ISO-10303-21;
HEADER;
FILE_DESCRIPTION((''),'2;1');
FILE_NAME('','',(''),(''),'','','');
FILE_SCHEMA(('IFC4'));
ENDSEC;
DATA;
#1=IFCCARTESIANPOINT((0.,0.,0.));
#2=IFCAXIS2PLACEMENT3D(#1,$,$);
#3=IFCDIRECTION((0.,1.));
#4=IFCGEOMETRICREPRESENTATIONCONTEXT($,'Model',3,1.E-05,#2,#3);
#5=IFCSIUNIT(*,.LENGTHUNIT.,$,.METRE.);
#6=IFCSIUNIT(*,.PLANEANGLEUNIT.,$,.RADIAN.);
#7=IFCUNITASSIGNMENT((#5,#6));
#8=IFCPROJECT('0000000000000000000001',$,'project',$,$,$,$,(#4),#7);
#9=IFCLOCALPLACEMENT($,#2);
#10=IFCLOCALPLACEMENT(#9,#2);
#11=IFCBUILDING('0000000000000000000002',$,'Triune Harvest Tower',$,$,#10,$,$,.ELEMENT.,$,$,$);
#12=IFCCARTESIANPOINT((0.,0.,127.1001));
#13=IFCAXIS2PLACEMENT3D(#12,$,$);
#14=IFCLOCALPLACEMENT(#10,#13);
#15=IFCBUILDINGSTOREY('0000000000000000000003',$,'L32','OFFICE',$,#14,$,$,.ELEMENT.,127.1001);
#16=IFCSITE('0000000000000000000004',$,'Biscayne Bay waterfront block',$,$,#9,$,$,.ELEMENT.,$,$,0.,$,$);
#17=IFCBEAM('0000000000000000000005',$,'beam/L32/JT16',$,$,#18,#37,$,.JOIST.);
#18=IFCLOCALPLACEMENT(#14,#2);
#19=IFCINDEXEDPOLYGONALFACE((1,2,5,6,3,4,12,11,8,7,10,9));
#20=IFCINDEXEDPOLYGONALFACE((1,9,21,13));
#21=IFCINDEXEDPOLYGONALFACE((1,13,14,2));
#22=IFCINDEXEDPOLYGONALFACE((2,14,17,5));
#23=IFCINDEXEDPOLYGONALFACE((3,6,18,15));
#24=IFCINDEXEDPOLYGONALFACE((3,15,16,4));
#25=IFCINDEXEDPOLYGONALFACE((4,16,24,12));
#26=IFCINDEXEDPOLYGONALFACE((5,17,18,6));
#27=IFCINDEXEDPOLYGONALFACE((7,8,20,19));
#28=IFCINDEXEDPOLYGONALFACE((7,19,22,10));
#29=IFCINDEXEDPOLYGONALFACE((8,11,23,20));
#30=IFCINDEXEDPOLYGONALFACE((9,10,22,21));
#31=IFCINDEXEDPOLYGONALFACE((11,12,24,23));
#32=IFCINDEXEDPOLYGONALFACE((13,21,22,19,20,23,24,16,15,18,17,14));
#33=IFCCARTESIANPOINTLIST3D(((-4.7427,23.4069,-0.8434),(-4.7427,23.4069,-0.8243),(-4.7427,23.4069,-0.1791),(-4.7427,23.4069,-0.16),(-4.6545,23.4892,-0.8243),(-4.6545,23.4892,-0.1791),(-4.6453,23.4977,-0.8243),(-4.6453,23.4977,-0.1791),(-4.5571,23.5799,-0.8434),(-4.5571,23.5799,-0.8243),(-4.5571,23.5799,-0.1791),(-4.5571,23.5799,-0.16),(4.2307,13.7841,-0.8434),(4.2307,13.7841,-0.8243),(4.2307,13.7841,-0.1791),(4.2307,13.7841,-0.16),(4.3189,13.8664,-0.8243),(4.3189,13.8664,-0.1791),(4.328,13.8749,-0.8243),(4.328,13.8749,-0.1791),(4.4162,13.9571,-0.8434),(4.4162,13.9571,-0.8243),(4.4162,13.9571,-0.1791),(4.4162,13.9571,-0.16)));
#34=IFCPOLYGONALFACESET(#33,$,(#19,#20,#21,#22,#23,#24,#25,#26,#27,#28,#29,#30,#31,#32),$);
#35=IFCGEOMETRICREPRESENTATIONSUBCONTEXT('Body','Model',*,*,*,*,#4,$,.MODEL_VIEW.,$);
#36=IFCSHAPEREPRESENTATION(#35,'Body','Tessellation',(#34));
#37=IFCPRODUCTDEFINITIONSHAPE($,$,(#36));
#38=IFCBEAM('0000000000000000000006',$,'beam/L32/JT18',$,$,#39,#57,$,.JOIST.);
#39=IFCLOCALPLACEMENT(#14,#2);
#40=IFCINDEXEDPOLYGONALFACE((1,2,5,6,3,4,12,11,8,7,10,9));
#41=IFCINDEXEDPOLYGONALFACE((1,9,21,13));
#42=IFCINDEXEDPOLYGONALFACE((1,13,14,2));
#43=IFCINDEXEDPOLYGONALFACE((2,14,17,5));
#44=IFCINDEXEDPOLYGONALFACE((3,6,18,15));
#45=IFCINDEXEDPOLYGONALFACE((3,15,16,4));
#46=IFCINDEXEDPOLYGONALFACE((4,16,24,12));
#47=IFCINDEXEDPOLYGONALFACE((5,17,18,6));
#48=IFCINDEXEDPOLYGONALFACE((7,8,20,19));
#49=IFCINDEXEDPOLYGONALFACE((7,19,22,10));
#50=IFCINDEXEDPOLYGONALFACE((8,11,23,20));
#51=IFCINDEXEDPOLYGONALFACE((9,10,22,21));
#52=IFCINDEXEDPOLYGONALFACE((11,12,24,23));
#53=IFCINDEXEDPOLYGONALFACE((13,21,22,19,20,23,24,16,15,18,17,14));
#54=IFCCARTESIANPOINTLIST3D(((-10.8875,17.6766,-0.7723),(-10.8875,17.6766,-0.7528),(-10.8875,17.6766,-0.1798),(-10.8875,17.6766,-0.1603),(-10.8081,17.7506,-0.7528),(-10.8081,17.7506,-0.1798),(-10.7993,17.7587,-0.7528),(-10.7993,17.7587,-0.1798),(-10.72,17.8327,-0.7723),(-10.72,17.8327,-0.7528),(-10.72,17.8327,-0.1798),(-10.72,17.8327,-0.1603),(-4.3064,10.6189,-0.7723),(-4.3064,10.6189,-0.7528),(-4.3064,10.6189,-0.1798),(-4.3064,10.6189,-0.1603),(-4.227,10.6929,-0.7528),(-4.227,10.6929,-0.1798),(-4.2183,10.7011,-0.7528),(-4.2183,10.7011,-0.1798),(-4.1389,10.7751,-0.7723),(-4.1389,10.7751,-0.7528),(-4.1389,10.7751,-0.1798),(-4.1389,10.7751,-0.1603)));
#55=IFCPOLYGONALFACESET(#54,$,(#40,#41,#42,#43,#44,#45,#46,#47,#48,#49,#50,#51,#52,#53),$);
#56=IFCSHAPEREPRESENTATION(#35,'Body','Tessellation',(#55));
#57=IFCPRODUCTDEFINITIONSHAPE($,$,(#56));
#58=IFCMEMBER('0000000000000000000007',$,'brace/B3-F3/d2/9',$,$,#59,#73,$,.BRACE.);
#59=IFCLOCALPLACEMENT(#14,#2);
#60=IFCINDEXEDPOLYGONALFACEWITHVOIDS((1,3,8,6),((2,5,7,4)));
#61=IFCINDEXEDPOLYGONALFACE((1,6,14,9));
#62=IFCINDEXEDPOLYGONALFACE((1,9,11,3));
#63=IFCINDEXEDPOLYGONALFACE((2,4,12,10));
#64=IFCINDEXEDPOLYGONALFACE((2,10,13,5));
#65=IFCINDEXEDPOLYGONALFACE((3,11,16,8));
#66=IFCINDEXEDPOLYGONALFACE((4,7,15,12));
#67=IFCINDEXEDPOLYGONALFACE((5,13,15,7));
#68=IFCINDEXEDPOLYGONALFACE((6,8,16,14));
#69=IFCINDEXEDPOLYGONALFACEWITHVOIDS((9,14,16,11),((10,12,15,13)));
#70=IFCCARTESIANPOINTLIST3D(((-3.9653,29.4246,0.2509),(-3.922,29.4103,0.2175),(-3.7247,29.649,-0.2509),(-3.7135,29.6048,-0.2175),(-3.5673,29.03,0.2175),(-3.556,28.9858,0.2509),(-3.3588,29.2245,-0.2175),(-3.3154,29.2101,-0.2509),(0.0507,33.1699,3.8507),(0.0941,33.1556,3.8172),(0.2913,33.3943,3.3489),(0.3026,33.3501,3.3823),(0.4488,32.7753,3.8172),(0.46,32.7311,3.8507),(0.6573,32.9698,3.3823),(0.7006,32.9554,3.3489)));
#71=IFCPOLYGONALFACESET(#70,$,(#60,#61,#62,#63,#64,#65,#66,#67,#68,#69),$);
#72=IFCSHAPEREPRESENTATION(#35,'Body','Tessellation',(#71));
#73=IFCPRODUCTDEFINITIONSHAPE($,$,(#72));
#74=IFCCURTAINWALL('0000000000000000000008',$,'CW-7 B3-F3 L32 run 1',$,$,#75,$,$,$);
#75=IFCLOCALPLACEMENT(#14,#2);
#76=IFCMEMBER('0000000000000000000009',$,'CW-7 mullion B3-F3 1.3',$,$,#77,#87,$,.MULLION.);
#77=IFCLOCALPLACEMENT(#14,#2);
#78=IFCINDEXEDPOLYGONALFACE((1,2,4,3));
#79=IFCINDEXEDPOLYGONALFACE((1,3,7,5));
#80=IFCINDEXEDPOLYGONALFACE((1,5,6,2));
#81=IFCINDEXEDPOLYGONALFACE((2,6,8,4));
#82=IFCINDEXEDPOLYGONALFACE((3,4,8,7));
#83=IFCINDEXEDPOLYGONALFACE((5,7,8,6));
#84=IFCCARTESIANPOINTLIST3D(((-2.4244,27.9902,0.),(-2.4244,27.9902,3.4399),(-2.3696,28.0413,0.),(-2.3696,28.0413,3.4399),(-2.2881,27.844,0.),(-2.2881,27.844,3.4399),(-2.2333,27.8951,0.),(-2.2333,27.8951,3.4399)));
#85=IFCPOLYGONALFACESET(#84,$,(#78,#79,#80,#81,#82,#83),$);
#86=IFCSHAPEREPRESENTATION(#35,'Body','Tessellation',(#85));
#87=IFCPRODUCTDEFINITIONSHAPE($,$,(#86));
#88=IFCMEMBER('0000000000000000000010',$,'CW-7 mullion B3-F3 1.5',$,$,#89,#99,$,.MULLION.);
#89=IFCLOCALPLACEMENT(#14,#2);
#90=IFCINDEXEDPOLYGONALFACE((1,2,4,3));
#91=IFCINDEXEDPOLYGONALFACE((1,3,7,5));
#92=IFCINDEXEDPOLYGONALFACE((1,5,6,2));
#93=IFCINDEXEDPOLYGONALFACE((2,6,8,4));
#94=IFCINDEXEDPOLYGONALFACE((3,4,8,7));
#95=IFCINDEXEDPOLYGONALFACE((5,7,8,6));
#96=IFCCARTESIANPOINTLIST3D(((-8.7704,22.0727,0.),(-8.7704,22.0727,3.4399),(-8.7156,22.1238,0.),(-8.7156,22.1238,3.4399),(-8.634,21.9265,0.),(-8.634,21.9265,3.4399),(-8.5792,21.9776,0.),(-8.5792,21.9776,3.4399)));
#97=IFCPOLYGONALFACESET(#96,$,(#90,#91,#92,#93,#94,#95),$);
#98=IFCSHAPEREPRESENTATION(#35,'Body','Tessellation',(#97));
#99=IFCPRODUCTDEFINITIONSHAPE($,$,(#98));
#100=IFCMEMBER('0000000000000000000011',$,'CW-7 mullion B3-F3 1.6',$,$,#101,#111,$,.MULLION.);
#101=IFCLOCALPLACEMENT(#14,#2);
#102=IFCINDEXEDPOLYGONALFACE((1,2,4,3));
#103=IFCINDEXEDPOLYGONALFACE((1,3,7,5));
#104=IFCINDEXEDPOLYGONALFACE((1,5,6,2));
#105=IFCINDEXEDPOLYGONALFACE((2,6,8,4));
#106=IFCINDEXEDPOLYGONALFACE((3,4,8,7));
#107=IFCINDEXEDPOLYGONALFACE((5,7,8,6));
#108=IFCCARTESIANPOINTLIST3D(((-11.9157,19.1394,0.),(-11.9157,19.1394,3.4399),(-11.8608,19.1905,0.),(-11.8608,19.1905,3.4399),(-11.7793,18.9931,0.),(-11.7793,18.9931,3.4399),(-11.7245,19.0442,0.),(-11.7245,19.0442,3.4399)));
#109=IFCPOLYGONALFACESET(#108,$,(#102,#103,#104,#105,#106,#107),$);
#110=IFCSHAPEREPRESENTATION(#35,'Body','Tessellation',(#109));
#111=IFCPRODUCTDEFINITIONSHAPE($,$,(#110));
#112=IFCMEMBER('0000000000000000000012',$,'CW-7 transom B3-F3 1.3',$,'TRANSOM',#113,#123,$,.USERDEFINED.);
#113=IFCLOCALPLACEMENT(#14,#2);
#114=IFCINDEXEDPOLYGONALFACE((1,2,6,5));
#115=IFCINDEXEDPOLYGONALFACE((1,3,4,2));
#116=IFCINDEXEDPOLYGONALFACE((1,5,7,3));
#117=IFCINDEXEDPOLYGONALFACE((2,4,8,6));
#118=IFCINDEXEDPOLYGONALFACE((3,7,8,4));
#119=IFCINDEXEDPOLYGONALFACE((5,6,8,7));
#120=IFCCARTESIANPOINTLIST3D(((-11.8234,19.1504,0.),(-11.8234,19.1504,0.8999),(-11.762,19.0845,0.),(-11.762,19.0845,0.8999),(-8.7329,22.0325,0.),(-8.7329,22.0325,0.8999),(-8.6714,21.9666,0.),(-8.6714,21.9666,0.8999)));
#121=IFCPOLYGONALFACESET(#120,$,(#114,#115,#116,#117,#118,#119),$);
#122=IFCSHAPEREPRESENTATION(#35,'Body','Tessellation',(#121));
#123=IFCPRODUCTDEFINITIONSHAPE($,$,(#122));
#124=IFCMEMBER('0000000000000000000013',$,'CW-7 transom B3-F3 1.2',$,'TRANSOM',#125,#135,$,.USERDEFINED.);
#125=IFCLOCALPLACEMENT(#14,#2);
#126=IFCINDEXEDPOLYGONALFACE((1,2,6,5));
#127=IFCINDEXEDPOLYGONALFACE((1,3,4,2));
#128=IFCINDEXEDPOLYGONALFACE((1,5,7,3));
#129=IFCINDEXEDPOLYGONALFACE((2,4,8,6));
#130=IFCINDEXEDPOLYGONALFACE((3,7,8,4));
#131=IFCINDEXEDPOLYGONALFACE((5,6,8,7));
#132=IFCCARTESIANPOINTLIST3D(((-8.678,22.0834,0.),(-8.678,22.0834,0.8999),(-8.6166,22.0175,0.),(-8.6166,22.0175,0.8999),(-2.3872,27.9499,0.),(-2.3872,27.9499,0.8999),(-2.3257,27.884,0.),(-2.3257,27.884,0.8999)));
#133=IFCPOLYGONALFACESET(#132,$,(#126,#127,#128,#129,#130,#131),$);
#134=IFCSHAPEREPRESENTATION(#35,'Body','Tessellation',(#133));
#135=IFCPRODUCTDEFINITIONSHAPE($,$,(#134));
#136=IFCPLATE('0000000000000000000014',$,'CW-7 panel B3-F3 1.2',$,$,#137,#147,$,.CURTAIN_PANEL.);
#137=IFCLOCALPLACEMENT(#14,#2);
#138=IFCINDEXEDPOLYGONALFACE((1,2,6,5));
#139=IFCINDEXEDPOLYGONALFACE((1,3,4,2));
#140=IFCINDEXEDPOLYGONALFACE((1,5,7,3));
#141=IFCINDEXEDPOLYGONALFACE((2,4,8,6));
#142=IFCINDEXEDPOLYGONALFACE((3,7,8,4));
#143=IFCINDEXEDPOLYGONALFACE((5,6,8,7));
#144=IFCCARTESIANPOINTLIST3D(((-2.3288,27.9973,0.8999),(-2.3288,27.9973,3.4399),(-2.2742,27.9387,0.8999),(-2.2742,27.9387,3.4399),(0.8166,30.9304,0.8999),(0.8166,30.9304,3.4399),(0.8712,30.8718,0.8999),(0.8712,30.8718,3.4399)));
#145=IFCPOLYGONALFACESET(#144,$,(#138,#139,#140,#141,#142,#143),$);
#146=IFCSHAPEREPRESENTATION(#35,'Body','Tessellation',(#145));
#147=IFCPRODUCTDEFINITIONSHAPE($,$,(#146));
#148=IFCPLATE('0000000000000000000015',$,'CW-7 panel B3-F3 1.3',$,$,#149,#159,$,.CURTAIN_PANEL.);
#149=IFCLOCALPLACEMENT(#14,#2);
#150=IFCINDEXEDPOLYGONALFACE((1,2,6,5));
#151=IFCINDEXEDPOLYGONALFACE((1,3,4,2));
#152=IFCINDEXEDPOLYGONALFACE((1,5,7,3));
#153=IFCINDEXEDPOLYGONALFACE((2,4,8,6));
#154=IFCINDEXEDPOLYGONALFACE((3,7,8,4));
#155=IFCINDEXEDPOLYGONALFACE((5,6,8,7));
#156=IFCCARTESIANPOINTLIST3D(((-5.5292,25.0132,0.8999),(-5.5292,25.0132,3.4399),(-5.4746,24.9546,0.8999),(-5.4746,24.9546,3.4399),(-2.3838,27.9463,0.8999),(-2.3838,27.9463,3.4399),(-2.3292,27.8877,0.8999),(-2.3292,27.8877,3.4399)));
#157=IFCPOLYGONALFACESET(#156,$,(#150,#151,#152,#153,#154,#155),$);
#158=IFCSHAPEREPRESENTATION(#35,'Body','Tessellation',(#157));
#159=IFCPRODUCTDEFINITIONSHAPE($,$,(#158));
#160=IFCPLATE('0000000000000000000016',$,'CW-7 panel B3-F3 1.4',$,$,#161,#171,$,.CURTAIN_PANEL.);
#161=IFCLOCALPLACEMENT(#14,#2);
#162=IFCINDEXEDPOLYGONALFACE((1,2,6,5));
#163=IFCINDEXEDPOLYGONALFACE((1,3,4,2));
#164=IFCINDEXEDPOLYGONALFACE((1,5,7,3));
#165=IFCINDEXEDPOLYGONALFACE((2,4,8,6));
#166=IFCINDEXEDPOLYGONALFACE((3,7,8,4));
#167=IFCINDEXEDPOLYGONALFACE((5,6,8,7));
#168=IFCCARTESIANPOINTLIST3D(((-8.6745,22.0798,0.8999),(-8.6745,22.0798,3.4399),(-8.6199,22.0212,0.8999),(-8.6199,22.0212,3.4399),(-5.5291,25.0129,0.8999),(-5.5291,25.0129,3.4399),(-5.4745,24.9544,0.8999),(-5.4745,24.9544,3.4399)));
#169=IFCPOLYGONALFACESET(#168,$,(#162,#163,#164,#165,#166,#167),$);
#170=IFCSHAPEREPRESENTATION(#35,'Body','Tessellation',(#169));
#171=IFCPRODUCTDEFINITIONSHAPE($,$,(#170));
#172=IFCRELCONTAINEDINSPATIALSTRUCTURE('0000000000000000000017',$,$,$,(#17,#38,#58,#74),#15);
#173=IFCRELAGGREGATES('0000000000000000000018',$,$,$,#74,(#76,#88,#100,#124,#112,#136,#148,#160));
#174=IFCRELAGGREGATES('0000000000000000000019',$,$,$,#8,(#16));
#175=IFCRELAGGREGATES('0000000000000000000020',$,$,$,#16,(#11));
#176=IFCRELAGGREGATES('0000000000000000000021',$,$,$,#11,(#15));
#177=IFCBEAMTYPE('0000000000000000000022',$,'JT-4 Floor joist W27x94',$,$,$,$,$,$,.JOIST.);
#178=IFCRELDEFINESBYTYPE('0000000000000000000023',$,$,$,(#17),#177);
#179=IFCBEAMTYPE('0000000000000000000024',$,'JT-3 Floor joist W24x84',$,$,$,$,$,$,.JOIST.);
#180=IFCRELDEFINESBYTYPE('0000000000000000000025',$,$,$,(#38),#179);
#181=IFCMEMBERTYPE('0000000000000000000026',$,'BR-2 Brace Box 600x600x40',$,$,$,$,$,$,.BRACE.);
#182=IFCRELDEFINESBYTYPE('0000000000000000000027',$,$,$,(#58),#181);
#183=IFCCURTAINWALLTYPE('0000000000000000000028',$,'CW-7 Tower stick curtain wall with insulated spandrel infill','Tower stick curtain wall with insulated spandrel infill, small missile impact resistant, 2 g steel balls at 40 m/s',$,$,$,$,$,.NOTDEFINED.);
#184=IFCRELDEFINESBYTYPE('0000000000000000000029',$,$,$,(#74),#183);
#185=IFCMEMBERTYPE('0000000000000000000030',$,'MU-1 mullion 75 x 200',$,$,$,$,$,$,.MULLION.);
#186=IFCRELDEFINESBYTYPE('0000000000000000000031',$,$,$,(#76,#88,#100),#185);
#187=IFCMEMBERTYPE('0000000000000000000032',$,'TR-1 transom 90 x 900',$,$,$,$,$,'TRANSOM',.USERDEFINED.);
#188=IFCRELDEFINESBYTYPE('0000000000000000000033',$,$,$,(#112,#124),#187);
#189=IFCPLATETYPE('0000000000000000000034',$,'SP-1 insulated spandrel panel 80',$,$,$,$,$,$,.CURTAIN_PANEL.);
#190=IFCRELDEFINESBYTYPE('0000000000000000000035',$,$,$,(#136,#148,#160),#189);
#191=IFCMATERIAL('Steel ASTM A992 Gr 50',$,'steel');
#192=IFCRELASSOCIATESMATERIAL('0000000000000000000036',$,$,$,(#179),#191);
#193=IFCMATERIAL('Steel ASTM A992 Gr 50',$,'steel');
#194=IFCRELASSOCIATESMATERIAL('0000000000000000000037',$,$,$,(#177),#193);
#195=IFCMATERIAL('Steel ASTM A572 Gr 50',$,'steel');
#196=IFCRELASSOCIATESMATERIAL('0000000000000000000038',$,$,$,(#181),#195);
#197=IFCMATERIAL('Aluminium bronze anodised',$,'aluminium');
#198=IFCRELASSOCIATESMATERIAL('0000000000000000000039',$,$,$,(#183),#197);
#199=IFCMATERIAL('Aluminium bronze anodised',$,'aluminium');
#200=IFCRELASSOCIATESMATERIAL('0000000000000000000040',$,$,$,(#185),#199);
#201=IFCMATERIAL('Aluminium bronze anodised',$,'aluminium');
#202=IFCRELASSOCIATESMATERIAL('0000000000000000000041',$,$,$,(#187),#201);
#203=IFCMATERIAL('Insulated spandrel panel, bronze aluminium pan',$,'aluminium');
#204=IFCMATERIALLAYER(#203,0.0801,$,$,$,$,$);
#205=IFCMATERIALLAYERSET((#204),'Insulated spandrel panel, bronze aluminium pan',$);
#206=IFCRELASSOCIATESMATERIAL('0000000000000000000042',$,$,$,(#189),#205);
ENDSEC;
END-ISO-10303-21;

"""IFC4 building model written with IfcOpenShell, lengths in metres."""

from ifc_helpers import new_model, si_unit, direction, frame, origin, origin_2d, place, context, subcontext, project, spatial, rectangle, hollow_rectangle, i_section, extrude, source, transform, mapped, material, layer, layer_set, material_profile, profile_set, type_object, element, aggregate, save


model = new_model("IFC4")

# Units and contexts
model_context = context("Model", 3, precision=1e-05, world=origin(), true_north=direction((0.0, 1.0)))
body_context = subcontext(model_context, "Body", "Model", "MODEL_VIEW")
ifc_project = project(units=[si_unit("LENGTHUNIT", "METRE"), si_unit("PLANEANGLEUNIT", "RADIAN")], contexts=[model_context])

# Site, building, storey
site_placement = place(None, origin())
site = spatial("IfcSite", under=ifc_project, at=site_placement, Name="Biscayne Bay waterfront block", CompositionType="ELEMENT", RefElevation=0.0)
building_placement = place(site_placement, origin())
building = spatial("IfcBuilding", under=site, at=building_placement, Name="Triune Harvest Tower", CompositionType="ELEMENT")
storey_placement = place(building_placement, frame((0.0, 0.0, 127.1001)))
storey = spatial("IfcBuildingStorey", under=building, at=storey_placement, Name="L32", Description="OFFICE", CompositionType="ELEMENT", Elevation=127.1001)

# Beams
ifc_material_1 = material(Name="Steel ASTM A992 Gr 50", Category="steel")
ifc_material_profile_1 = material_profile(ifc_material_1, i_section(OverallWidth=0.229, OverallDepth=0.6121, WebThickness=0.012, FlangeThickness=0.0195, at=origin_2d()), Name="W24x84")
ifc_profile_set_1 = profile_set([ifc_material_profile_1], Name="Steel ASTM A992 Gr 50")
beam_type_1 = type_object("IfcBeamType", Name="JT-3 Floor joist W24x84", PredefinedType="JOIST", material=ifc_profile_set_1)
ifc_material_2 = material(Name="Steel ASTM A992 Gr 50", Category="steel")
ifc_material_profile_2 = material_profile(ifc_material_2, i_section(OverallWidth=0.2537, OverallDepth=0.6833, WebThickness=0.0125, FlangeThickness=0.019, at=origin_2d()), Name="W27x94")
ifc_profile_set_2 = profile_set([ifc_material_profile_2], Name="Steel ASTM A992 Gr 50")
beam_type_2 = type_object("IfcBeamType", Name="JT-4 Floor joist W27x94", PredefinedType="JOIST", material=ifc_profile_set_2)
shared_shape_1 = source(origin(), body_context, "Body", "SweptSolid", [
    extrude(i_section(OverallWidth=0.2537, OverallDepth=0.6833, WebThickness=0.0125, FlangeThickness=0.019, at=origin_2d()), origin(), (0.0, 0.0, 1.0), 13.1575),
])
beam_1_placement = place(storey_placement, frame((-4.6499, 23.4934, -0.5017), z_axis=(0.681998, -0.731354, 0.0), x_axis=(0.731354, 0.681998, 0.0)))
element("IfcBeam", 1, at=beam_1_placement, inside=storey, type_object=beam_type_2, Name="beam/L32/JT16", PredefinedType="JOIST", context=body_context, shape_type="MappedRepresentation", body=[
    mapped(shared_shape_1, transform((0.0, 0.0, 0.0), scale=1.0)),
])
shared_shape_2 = source(origin(), body_context, "Body", "SweptSolid", [
    extrude(i_section(OverallWidth=0.229, OverallDepth=0.6121, WebThickness=0.012, FlangeThickness=0.0195, at=origin_2d()), origin(), (0.0, 0.0, 1.0), 9.6499),
])
beam_2_placement = place(storey_placement, frame((-10.8037, 17.7546, -0.4663), z_axis=(0.681983, -0.731368, 0.0), x_axis=(0.731368, 0.681983, 0.0)))
element("IfcBeam", 2, at=beam_2_placement, inside=storey, type_object=beam_type_1, Name="beam/L32/JT18", PredefinedType="JOIST", context=body_context, shape_type="MappedRepresentation", body=[
    mapped(shared_shape_2, transform((0.0, 0.0, 0.0), scale=1.0)),
])

# Member
ifc_material_3 = material(Name="Steel ASTM A572 Gr 50", Category="steel")
ifc_material_profile_3 = material_profile(ifc_material_3, hollow_rectangle(XDim=0.6001, YDim=0.6001, WallThickness=0.04, at=origin_2d()), Name="Box 600x600x40")
ifc_profile_set_3 = profile_set([ifc_material_profile_3], Name="Steel ASTM A572 Gr 50")
member_type_1 = type_object("IfcMemberType", Name="BR-2 Brace Box 600x600x40", PredefinedType="BRACE", material=ifc_profile_set_3)
shared_shape_3 = source(origin(), body_context, "Body", "SweptSolid", [
    extrude(hollow_rectangle(XDim=0.6001, YDim=0.6001, WallThickness=0.04, at=origin_2d()), origin(), (0.0, 0.0, 1.0), 6.5662),
])
member_1_placement = place(storey_placement, frame((-3.6404, 29.3174, 0.0), z_axis=(0.611628, 0.570394, 0.548235), x_axis=(-0.682025, 0.731329, 0.0)))
element("IfcMember", 3, at=member_1_placement, inside=storey, type_object=member_type_1, Name="brace/B3-F3/d2/9", PredefinedType="BRACE", context=body_context, shape_type="MappedRepresentation", body=[
    mapped(shared_shape_3, transform((0.0, 0.0, 0.0), scale=1.0)),
])

# Curtain wall, members, plates
ifc_material_4 = material(Name="Aluminium bronze anodised", Category="aluminium")
curtain_wall_type = type_object("IfcCurtainWallType", Name="CW-7 Tower stick curtain wall with insulated spandrel infill", Description="Tower stick curtain wall with insulated spandrel infill, small missile impact resistant, 2 g steel balls at 40 m/s", PredefinedType="NOTDEFINED", material=ifc_material_4)
curtain_wall_placement = place(storey_placement, origin())
curtain_wall = element("IfcCurtainWall", 4, at=curtain_wall_placement, inside=storey, type_object=curtain_wall_type, Name="CW-7 B3-F3 L32 run 1")
ifc_material_5 = material(Name="Aluminium bronze anodised", Category="aluminium")
ifc_material_profile_4 = material_profile(ifc_material_5, rectangle(XDim=0.2, YDim=0.075, at=origin_2d()), Name="MU-1 mullion 75 x 200")
ifc_profile_set_4 = profile_set([ifc_material_profile_4], Name="Aluminium bronze anodised")
member_type_2 = type_object("IfcMemberType", Name="MU-1 mullion 75 x 200", PredefinedType="MULLION", material=ifc_profile_set_4)
shared_shape_4 = source(origin(), body_context, "Body", "SweptSolid", [
    extrude(rectangle(XDim=0.2, YDim=0.075, at=origin_2d()), origin(), (0.0, 0.0, 1.0), 3.4399),
])
member_2_placement = place(storey_placement, frame((-2.3289, 27.9426, 0.0), z_axis=(0.0, 0.0, 1.0), x_axis=(0.681997, -0.731355, 0.0)))
member_2 = element("IfcMember", 5, at=member_2_placement, type_object=member_type_2, Name="CW-7 mullion B3-F3 1.3", PredefinedType="MULLION", context=body_context, shape_type="MappedRepresentation", body=[
    mapped(shared_shape_4, transform((0.0, 0.0, 0.0), scale=1.0)),
])
member_3_placement = place(storey_placement, frame((-8.6748, 22.0251, 0.0), z_axis=(0.0, 0.0, 1.0), x_axis=(0.681997, -0.731355, 0.0)))
member_3 = element("IfcMember", 6, at=member_3_placement, type_object=member_type_2, Name="CW-7 mullion B3-F3 1.5", PredefinedType="MULLION", context=body_context, shape_type="MappedRepresentation", body=[
    mapped(shared_shape_4, transform((0.0, 0.0, 0.0), scale=1.0)),
])
member_4_placement = place(storey_placement, frame((-11.8201, 19.0918, 0.0), z_axis=(0.0, 0.0, 1.0), x_axis=(0.681997, -0.731355, 0.0)))
member_4 = element("IfcMember", 7, at=member_4_placement, type_object=member_type_2, Name="CW-7 mullion B3-F3 1.6", PredefinedType="MULLION", context=body_context, shape_type="MappedRepresentation", body=[
    mapped(shared_shape_4, transform((0.0, 0.0, 0.0), scale=1.0)),
])
ifc_material_6 = material(Name="Aluminium bronze anodised", Category="aluminium")
ifc_material_profile_5 = material_profile(ifc_material_6, rectangle(XDim=0.0901, YDim=0.8999, at=origin_2d()), Name="TR-1 transom 90 x 900")
ifc_profile_set_5 = profile_set([ifc_material_profile_5], Name="Aluminium bronze anodised")
member_type_3 = type_object("IfcMemberType", Name="TR-1 transom 90 x 900", ElementType="TRANSOM", PredefinedType="USERDEFINED", material=ifc_profile_set_5)
shared_shape_5 = source(origin(), body_context, "Body", "SweptSolid", [
    extrude(rectangle(XDim=0.0901, YDim=0.8999, at=origin_2d()), origin(), (0.0, 0.0, 1.0), 4.2258),
])
member_5_placement = place(storey_placement, frame((-8.7021, 21.9995, 0.45), z_axis=(-0.731345, -0.682007, 0.0), x_axis=(0.682007, -0.731345, 0.0)))
member_5 = element("IfcMember", 8, at=member_5_placement, type_object=member_type_3, Name="CW-7 transom B3-F3 1.3", ObjectType="TRANSOM", PredefinedType="USERDEFINED", context=body_context, shape_type="MappedRepresentation", body=[
    mapped(shared_shape_5, transform((0.0, 0.0, 0.0), scale=1.0)),
])
shared_shape_6 = source(origin(), body_context, "Body", "SweptSolid", [
    extrude(rectangle(XDim=0.0901, YDim=0.8999, at=origin_2d()), origin(), (0.0, 0.0, 1.0), 8.6018),
])
member_6_placement = place(storey_placement, frame((-2.3564, 27.917, 0.45), z_axis=(-0.731341, -0.682012, 0.0), x_axis=(0.682012, -0.731341, 0.0)))
member_6 = element("IfcMember", 9, at=member_6_placement, type_object=member_type_3, Name="CW-7 transom B3-F3 1.2", ObjectType="TRANSOM", PredefinedType="USERDEFINED", context=body_context, shape_type="MappedRepresentation", body=[
    mapped(shared_shape_6, transform((0.0, 0.0, 0.0), scale=1.0)),
])
ifc_material_7 = material(Name="Insulated spandrel panel, bronze aluminium pan", Category="aluminium")
ifc_layer_1 = layer(ifc_material_7, 0.0801)
ifc_layer_set_1 = layer_set([ifc_layer_1], Name="Insulated spandrel panel, bronze aluminium pan")
plate_type = type_object("IfcPlateType", Name="SP-1 insulated spandrel panel 80", PredefinedType="CURTAIN_PANEL", material=ifc_layer_set_1)
shared_shape_7 = source(origin(), body_context, "Body", "SweptSolid", [
    extrude(rectangle(XDim=4.3008, YDim=0.0801, at=origin_2d()), origin(), (0.0, 0.0, 1.0), 2.54),
])
plate_1_placement = place(storey_placement, frame((-0.7288, 29.4346, 0.8999), z_axis=(0.0, 0.0, 1.0), x_axis=(-0.731355, -0.681997, 0.0)))
plate_1 = element("IfcPlate", 10, at=plate_1_placement, type_object=plate_type, Name="CW-7 panel B3-F3 1.2", PredefinedType="CURTAIN_PANEL", context=body_context, shape_type="MappedRepresentation", body=[
    mapped(shared_shape_7, transform((0.0, 0.0, 0.0), scale=1.0)),
])
plate_2_placement = place(storey_placement, frame((-3.9292, 26.4504, 0.8999), z_axis=(0.0, 0.0, 1.0), x_axis=(-0.731355, -0.681997, 0.0)))
plate_2 = element("IfcPlate", 11, at=plate_2_placement, type_object=plate_type, Name="CW-7 panel B3-F3 1.3", PredefinedType="CURTAIN_PANEL", context=body_context, shape_type="MappedRepresentation", body=[
    mapped(shared_shape_7, transform((0.0, 0.0, 0.0), scale=1.0)),
])
plate_3_placement = place(storey_placement, frame((-7.0745, 23.5171, 0.8999), z_axis=(0.0, 0.0, 1.0), x_axis=(-0.731355, -0.681997, 0.0)))
plate_3 = element("IfcPlate", 12, at=plate_3_placement, type_object=plate_type, Name="CW-7 panel B3-F3 1.4", PredefinedType="CURTAIN_PANEL", context=body_context, shape_type="MappedRepresentation", body=[
    mapped(shared_shape_7, transform((0.0, 0.0, 0.0), scale=1.0)),
])
aggregate(curtain_wall, [member_2, member_3, member_4, member_6, member_5, plate_1, plate_2, plate_3])

save(model, "model.ifc")
